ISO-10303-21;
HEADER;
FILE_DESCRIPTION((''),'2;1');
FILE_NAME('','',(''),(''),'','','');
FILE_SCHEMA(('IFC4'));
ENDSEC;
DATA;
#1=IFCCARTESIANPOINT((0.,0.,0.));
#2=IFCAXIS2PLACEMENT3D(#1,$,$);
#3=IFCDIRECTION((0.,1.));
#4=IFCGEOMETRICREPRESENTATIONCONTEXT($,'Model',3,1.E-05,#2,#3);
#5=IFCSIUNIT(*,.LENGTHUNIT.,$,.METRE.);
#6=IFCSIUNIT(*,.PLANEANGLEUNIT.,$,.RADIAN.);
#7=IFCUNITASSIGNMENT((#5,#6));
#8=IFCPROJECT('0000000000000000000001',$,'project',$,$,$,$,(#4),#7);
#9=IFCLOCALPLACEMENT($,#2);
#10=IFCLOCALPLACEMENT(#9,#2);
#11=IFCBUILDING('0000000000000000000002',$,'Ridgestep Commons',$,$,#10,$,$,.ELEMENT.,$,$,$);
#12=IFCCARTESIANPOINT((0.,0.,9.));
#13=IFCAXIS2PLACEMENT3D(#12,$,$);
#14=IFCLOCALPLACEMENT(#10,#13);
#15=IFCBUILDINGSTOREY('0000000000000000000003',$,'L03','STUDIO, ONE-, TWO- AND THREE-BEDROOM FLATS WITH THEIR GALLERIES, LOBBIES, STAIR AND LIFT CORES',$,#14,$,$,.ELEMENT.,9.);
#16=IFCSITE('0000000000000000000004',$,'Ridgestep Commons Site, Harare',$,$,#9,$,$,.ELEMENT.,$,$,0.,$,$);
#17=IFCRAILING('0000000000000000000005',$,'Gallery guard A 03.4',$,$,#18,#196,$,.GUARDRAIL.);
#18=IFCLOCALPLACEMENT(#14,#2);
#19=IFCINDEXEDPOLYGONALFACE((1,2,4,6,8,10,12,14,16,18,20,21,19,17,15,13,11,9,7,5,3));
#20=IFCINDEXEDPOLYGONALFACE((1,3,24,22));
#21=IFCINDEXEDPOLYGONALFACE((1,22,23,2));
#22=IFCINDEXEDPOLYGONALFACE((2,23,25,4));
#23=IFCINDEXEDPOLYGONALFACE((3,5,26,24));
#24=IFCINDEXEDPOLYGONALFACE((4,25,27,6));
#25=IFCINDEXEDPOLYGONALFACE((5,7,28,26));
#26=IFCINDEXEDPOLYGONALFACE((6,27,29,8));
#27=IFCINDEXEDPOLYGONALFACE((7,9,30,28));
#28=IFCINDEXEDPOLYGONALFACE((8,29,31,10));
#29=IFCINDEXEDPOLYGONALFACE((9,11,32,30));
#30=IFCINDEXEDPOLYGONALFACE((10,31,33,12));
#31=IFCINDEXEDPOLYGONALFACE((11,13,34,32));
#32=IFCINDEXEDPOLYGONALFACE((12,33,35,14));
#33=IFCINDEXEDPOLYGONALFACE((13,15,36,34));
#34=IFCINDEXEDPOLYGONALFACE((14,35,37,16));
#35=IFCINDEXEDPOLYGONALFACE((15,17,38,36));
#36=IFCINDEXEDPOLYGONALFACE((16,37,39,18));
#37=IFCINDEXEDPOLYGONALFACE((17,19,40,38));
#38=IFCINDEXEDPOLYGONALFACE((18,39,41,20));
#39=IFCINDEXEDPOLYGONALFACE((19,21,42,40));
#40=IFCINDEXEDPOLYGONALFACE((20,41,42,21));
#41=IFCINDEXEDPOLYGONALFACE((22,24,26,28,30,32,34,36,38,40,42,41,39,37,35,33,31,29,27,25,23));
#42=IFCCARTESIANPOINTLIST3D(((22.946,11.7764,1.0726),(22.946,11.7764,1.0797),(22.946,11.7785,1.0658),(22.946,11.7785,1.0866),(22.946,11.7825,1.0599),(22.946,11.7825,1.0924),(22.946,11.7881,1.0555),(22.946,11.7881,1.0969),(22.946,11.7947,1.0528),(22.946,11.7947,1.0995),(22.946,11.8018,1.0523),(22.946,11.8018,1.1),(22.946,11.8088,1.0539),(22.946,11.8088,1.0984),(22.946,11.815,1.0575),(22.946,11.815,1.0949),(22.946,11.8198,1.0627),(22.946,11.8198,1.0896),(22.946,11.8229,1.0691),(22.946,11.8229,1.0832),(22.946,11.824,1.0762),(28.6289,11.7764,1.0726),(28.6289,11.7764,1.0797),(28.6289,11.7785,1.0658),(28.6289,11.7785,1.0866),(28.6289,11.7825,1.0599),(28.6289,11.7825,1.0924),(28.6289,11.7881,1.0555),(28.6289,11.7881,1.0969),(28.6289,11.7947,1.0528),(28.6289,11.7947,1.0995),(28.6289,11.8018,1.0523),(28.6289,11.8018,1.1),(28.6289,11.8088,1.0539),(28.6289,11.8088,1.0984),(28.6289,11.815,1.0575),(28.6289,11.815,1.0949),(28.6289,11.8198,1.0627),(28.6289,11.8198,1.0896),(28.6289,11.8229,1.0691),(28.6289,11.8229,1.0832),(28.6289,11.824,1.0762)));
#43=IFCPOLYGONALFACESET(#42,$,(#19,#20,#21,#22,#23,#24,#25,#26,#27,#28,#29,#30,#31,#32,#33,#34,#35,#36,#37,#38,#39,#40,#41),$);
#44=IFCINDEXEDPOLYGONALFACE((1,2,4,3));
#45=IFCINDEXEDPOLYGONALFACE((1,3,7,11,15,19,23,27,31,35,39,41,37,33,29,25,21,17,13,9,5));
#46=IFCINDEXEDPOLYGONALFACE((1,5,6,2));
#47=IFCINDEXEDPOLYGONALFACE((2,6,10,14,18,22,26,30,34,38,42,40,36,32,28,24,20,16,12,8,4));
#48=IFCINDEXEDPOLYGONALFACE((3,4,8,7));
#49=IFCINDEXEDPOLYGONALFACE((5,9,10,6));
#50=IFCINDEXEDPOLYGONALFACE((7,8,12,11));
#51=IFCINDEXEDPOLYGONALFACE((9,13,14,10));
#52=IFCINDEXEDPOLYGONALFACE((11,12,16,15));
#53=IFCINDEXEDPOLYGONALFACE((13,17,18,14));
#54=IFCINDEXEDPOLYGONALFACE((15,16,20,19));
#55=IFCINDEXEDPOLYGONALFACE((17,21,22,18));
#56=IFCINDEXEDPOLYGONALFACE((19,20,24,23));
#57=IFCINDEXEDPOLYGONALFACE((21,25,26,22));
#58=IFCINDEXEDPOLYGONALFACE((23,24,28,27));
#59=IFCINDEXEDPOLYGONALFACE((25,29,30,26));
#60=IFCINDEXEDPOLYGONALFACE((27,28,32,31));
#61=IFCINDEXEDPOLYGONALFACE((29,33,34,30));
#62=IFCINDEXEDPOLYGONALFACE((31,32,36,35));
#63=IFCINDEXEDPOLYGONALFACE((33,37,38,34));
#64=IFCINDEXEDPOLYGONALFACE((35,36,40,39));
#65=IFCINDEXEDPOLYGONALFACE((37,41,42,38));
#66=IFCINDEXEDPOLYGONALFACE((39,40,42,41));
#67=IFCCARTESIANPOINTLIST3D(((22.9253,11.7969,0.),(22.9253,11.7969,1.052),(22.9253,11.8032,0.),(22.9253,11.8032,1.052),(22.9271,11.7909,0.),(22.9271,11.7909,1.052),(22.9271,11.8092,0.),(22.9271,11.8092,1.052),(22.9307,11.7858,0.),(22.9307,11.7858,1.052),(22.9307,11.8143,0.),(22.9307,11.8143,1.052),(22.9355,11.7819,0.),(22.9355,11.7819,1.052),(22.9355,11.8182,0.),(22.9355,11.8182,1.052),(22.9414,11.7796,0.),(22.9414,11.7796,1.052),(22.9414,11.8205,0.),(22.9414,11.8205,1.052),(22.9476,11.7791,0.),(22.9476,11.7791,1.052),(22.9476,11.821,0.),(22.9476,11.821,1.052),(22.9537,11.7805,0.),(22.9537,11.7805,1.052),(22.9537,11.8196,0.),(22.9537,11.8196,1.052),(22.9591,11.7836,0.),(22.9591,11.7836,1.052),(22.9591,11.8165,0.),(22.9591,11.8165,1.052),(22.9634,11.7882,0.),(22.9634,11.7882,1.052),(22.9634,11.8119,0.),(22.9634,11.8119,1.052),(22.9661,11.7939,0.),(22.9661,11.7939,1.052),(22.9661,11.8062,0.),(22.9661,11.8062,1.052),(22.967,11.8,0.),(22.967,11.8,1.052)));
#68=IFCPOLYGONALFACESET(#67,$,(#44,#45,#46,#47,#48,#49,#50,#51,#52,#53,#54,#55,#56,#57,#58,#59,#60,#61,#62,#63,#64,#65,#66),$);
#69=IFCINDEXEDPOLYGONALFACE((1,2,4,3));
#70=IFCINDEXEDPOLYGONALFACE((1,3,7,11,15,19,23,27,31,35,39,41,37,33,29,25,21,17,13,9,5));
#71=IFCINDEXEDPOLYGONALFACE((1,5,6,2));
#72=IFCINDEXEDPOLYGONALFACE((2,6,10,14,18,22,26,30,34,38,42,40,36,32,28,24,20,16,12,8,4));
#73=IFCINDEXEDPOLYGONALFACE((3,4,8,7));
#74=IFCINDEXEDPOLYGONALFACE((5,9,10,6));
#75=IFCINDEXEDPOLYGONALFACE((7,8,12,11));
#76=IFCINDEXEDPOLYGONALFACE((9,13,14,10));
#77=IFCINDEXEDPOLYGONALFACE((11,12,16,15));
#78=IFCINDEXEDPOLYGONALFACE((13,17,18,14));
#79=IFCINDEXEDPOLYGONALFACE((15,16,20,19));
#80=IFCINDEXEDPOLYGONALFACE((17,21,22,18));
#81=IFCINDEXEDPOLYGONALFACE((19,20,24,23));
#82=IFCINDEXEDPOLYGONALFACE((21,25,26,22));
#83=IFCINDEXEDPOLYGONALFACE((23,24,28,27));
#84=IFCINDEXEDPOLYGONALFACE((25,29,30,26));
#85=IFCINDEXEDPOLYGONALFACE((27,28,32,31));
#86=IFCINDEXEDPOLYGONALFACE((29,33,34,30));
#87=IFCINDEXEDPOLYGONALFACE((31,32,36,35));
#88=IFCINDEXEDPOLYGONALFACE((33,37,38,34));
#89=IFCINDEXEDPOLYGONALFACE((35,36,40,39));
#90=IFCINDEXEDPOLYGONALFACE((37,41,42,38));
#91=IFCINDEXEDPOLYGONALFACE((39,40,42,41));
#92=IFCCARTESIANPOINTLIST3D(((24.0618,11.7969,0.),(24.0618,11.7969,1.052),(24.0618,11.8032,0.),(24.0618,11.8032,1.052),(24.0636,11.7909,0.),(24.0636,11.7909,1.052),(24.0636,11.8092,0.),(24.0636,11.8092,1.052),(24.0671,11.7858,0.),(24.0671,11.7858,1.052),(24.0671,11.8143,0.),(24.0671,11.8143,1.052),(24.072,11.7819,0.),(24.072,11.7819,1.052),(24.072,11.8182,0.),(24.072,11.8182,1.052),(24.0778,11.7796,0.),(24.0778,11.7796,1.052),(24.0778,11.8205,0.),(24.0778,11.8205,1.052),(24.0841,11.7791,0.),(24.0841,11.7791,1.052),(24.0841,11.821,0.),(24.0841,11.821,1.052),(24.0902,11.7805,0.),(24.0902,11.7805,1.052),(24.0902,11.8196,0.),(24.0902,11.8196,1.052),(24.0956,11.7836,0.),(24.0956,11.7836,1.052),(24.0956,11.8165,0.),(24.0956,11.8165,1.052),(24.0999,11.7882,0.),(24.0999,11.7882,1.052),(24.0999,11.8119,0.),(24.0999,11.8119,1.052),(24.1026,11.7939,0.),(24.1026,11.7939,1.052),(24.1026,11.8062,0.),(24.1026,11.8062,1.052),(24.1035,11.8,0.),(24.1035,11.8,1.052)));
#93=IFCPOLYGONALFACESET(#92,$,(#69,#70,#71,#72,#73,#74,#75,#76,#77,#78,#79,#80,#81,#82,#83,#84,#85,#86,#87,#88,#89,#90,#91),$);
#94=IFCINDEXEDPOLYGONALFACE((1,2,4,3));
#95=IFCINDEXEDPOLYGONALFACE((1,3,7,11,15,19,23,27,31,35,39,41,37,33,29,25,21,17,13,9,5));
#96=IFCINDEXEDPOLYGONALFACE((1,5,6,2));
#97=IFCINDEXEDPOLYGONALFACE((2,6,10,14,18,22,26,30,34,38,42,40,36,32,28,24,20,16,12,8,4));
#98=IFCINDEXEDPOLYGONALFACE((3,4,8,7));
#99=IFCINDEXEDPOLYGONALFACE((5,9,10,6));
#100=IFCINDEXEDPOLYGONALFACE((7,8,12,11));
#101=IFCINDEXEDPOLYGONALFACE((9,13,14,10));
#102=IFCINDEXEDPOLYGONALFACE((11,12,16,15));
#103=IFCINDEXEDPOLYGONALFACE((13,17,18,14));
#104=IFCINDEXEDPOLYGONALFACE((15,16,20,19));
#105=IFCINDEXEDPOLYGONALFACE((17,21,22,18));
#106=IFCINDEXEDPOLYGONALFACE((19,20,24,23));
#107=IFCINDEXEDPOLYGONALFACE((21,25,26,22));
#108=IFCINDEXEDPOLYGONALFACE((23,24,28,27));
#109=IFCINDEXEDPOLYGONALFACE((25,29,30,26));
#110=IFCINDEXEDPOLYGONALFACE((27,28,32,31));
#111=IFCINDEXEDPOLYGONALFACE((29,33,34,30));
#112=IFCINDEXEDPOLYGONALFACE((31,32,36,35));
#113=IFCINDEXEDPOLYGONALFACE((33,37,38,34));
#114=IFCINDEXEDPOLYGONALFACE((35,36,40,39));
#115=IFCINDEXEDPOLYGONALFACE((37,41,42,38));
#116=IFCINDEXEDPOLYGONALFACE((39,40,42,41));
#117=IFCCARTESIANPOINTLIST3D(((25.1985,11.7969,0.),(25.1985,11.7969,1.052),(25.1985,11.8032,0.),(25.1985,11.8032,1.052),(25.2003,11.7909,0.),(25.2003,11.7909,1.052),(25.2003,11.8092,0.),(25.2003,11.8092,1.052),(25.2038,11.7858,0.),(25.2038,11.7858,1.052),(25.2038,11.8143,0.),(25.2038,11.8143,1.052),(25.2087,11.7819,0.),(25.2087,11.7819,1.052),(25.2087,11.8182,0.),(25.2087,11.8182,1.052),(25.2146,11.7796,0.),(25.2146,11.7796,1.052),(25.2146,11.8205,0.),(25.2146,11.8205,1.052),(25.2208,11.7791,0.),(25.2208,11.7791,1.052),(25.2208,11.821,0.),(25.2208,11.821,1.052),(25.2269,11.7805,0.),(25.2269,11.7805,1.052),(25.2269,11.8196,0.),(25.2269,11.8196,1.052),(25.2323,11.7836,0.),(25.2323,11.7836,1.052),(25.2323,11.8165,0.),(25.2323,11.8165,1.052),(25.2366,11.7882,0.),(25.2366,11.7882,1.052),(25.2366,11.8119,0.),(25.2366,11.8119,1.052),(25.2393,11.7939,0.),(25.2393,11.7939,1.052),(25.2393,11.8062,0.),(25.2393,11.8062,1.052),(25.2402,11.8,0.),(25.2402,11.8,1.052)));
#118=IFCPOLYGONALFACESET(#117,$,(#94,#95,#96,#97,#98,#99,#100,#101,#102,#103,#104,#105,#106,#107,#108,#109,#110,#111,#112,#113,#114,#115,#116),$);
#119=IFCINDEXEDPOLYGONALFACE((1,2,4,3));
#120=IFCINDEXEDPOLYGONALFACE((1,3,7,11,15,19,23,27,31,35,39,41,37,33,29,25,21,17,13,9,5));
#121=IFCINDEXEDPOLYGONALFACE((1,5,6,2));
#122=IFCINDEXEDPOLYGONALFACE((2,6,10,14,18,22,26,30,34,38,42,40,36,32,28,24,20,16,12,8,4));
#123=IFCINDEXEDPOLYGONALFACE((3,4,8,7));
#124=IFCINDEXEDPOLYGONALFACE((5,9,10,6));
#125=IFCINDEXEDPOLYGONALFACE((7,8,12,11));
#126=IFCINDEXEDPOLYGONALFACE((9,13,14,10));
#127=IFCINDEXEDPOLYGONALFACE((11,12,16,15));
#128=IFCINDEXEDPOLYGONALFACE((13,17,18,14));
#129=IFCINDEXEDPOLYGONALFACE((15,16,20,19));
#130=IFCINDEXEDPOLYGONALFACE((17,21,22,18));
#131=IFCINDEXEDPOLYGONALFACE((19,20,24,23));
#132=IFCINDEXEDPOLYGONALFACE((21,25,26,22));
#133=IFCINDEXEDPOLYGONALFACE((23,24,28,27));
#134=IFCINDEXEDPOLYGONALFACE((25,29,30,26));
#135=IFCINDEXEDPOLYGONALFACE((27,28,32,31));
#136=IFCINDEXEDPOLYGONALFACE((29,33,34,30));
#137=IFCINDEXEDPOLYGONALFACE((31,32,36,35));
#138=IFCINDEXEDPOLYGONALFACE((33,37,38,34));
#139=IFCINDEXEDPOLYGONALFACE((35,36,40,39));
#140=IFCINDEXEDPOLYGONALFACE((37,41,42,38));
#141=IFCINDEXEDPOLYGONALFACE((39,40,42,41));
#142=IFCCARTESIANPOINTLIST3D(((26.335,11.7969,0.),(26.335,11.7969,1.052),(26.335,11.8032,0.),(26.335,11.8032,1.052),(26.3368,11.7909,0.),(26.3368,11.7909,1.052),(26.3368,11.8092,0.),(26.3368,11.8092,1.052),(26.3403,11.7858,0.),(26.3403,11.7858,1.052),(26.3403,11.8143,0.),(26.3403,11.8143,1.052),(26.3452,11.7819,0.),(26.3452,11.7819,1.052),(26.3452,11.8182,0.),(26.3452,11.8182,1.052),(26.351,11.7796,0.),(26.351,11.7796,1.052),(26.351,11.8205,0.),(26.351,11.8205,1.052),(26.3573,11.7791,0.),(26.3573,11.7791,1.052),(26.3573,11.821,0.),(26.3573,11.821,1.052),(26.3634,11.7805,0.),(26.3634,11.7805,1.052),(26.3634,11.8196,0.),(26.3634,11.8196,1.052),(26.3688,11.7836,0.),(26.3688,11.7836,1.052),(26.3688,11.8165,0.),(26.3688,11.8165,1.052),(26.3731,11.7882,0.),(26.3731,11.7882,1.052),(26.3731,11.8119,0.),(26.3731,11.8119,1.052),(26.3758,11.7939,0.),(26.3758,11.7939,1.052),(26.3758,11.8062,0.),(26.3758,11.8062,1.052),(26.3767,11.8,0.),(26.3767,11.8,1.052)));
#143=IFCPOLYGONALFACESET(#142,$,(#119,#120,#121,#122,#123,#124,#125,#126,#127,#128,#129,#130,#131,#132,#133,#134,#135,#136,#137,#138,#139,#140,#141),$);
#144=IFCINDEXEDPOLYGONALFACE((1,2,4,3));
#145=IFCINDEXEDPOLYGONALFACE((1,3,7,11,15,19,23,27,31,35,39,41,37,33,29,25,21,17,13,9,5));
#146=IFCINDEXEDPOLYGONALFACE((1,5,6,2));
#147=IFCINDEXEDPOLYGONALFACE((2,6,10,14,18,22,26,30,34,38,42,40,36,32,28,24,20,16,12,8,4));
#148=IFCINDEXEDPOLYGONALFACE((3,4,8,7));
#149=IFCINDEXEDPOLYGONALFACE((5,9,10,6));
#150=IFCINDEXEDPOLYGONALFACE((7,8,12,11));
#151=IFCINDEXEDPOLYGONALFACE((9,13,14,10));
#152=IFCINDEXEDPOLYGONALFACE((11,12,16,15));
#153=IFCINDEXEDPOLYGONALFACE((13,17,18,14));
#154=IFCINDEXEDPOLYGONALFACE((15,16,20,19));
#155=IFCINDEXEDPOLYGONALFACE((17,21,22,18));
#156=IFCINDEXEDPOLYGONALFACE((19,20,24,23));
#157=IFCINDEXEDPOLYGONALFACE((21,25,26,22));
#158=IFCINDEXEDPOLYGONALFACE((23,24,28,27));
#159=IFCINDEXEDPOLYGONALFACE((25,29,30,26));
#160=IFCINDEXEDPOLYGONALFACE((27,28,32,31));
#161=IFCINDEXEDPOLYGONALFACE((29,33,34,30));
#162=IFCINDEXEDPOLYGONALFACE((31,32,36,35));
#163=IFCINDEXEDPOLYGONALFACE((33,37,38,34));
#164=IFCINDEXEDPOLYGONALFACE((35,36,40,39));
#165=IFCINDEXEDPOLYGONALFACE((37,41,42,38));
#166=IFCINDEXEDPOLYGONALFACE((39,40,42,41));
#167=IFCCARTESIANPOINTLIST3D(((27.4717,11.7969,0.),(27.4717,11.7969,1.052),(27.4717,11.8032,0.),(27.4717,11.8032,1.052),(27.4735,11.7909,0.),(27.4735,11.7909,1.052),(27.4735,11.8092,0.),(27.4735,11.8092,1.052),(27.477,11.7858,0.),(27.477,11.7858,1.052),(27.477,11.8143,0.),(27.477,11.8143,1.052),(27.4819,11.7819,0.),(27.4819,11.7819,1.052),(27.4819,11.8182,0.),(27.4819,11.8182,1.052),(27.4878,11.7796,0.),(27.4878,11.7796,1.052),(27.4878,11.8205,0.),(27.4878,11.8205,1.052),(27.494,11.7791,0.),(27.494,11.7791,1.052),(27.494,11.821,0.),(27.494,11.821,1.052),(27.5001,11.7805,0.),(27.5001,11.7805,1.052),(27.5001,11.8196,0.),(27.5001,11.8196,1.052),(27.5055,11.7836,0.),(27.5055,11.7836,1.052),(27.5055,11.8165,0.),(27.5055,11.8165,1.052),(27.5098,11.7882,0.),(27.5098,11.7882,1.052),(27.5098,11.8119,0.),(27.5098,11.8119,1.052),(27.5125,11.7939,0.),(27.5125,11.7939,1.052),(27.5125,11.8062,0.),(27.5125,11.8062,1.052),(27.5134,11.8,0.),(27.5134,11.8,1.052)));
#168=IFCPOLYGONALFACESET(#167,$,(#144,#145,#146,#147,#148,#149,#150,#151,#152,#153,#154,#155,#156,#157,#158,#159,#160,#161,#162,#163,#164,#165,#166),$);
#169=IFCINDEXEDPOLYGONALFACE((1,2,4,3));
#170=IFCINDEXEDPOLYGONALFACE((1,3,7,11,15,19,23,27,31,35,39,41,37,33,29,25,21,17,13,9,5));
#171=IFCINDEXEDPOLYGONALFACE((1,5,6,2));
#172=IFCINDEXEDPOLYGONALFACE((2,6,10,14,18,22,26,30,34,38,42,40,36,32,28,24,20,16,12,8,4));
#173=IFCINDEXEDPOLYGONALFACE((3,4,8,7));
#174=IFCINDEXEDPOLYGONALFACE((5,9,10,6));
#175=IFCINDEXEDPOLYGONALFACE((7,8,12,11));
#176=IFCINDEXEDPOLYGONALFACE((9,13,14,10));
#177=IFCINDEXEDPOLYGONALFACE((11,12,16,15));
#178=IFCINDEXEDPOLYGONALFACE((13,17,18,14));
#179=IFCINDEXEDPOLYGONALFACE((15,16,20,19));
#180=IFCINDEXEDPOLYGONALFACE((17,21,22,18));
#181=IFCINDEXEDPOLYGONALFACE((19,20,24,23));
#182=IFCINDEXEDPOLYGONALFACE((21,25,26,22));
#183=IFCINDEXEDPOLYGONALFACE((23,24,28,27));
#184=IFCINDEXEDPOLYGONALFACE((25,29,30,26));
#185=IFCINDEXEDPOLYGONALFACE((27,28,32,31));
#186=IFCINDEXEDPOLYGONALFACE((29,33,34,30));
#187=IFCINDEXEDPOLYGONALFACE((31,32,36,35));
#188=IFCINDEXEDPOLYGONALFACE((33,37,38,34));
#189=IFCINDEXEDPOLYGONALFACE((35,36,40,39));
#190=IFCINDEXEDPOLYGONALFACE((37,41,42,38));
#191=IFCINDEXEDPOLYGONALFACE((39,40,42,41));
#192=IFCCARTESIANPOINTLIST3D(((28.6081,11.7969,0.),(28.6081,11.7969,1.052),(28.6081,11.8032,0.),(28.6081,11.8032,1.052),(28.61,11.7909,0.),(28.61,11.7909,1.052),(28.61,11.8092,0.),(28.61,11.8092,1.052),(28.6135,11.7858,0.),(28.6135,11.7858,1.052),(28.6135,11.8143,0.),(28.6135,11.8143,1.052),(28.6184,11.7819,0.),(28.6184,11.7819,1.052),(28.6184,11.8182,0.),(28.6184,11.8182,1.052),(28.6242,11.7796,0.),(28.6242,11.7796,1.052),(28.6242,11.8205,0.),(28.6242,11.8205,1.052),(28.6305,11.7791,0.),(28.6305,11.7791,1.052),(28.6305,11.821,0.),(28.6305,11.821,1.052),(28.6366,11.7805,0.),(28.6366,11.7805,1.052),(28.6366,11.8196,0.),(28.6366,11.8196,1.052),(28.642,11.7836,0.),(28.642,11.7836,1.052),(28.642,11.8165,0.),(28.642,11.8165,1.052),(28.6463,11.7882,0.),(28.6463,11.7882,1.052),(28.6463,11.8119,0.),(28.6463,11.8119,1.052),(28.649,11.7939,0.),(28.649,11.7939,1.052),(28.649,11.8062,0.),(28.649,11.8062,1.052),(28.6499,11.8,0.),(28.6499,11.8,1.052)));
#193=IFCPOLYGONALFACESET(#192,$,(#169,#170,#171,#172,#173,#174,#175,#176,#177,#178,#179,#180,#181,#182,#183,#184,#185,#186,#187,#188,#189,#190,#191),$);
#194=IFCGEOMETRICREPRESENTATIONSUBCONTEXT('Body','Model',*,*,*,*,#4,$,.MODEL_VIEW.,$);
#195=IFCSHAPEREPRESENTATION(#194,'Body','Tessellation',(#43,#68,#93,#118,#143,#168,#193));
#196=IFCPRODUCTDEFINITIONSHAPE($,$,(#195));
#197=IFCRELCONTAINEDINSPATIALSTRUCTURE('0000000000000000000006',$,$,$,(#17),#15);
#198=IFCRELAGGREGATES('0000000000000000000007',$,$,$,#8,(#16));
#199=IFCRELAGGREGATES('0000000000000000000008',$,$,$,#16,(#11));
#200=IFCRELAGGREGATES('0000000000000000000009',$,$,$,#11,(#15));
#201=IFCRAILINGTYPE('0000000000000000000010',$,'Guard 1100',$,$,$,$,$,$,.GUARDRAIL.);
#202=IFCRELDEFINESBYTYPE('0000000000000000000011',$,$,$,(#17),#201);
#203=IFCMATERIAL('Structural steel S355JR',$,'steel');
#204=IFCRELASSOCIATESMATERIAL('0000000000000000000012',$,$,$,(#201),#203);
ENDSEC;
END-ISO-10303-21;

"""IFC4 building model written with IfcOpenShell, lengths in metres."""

from ifc_helpers import new_model, si_unit, direction, frame, origin, origin_2d, place, context, subcontext, project, spatial, circle, extrude, material, type_object, element, save


model = new_model("IFC4")

# Units and contexts
model_context = context("Model", 3, precision=1e-05, world=origin(), true_north=direction((0.0, 1.0)))
body_context = subcontext(model_context, "Body", "Model", "MODEL_VIEW")
ifc_project = project(units=[si_unit("LENGTHUNIT", "METRE"), si_unit("PLANEANGLEUNIT", "RADIAN")], contexts=[model_context])

# Site, building, storey
site_placement = place(None, origin())
site = spatial("IfcSite", under=ifc_project, at=site_placement, Name="Ridgestep Commons Site, Harare", CompositionType="ELEMENT", RefElevation=0.0)
building_placement = place(site_placement, origin())
building = spatial("IfcBuilding", under=site, at=building_placement, Name="Ridgestep Commons", CompositionType="ELEMENT")
storey_placement = place(building_placement, frame((0.0, 0.0, 9.0)))
storey = spatial("IfcBuildingStorey", under=building, at=storey_placement, Name="L03", Description="STUDIO, ONE-, TWO- AND THREE-BEDROOM FLATS WITH THEIR GALLERIES, LOBBIES, STAIR AND LIFT CORES", CompositionType="ELEMENT", Elevation=9.0)

# Railing
ifc_material_1 = material(Name="Structural steel S355JR", Category="steel")
railing_type = type_object("IfcRailingType", Name="Guard 1100", PredefinedType="GUARDRAIL", material=ifc_material_1)
railing_1_placement = place(storey_placement, frame((22.946, 11.8, 0.0)))
element("IfcRailing", 1, at=railing_1_placement, inside=storey, type_object=railing_type, Name="Gallery guard A 03.4", PredefinedType="GUARDRAIL", context=body_context, shape_type="SweptSolid", body=[
    extrude(circle(Radius=0.0239, at=origin_2d()), frame((0.0, 0.0, 1.0762), z_axis=(1.0, 0.0, 0.0), x_axis=(0.0, 1.0, 0.0)), (0.0, 0.0, 1.0), 5.6829),
    extrude(circle(Radius=0.021, at=origin_2d()), origin(), (0.0, 0.0, 1.0), 1.052),
    extrude(circle(Radius=0.021, at=origin_2d()), frame((1.1365, 0.0, 0.0)), (0.0, 0.0, 1.0), 1.052),
    extrude(circle(Radius=0.021, at=origin_2d()), frame((2.2732, 0.0, 0.0)), (0.0, 0.0, 1.0), 1.052),
    extrude(circle(Radius=0.021, at=origin_2d()), frame((3.4097, 0.0, 0.0)), (0.0, 0.0, 1.0), 1.052),
    extrude(circle(Radius=0.021, at=origin_2d()), frame((4.5464, 0.0, 0.0)), (0.0, 0.0, 1.0), 1.052),
    extrude(circle(Radius=0.021, at=origin_2d()), frame((5.6829, 0.0, 0.0)), (0.0, 0.0, 1.0), 1.052),
])

save(model, "model.ifc")
